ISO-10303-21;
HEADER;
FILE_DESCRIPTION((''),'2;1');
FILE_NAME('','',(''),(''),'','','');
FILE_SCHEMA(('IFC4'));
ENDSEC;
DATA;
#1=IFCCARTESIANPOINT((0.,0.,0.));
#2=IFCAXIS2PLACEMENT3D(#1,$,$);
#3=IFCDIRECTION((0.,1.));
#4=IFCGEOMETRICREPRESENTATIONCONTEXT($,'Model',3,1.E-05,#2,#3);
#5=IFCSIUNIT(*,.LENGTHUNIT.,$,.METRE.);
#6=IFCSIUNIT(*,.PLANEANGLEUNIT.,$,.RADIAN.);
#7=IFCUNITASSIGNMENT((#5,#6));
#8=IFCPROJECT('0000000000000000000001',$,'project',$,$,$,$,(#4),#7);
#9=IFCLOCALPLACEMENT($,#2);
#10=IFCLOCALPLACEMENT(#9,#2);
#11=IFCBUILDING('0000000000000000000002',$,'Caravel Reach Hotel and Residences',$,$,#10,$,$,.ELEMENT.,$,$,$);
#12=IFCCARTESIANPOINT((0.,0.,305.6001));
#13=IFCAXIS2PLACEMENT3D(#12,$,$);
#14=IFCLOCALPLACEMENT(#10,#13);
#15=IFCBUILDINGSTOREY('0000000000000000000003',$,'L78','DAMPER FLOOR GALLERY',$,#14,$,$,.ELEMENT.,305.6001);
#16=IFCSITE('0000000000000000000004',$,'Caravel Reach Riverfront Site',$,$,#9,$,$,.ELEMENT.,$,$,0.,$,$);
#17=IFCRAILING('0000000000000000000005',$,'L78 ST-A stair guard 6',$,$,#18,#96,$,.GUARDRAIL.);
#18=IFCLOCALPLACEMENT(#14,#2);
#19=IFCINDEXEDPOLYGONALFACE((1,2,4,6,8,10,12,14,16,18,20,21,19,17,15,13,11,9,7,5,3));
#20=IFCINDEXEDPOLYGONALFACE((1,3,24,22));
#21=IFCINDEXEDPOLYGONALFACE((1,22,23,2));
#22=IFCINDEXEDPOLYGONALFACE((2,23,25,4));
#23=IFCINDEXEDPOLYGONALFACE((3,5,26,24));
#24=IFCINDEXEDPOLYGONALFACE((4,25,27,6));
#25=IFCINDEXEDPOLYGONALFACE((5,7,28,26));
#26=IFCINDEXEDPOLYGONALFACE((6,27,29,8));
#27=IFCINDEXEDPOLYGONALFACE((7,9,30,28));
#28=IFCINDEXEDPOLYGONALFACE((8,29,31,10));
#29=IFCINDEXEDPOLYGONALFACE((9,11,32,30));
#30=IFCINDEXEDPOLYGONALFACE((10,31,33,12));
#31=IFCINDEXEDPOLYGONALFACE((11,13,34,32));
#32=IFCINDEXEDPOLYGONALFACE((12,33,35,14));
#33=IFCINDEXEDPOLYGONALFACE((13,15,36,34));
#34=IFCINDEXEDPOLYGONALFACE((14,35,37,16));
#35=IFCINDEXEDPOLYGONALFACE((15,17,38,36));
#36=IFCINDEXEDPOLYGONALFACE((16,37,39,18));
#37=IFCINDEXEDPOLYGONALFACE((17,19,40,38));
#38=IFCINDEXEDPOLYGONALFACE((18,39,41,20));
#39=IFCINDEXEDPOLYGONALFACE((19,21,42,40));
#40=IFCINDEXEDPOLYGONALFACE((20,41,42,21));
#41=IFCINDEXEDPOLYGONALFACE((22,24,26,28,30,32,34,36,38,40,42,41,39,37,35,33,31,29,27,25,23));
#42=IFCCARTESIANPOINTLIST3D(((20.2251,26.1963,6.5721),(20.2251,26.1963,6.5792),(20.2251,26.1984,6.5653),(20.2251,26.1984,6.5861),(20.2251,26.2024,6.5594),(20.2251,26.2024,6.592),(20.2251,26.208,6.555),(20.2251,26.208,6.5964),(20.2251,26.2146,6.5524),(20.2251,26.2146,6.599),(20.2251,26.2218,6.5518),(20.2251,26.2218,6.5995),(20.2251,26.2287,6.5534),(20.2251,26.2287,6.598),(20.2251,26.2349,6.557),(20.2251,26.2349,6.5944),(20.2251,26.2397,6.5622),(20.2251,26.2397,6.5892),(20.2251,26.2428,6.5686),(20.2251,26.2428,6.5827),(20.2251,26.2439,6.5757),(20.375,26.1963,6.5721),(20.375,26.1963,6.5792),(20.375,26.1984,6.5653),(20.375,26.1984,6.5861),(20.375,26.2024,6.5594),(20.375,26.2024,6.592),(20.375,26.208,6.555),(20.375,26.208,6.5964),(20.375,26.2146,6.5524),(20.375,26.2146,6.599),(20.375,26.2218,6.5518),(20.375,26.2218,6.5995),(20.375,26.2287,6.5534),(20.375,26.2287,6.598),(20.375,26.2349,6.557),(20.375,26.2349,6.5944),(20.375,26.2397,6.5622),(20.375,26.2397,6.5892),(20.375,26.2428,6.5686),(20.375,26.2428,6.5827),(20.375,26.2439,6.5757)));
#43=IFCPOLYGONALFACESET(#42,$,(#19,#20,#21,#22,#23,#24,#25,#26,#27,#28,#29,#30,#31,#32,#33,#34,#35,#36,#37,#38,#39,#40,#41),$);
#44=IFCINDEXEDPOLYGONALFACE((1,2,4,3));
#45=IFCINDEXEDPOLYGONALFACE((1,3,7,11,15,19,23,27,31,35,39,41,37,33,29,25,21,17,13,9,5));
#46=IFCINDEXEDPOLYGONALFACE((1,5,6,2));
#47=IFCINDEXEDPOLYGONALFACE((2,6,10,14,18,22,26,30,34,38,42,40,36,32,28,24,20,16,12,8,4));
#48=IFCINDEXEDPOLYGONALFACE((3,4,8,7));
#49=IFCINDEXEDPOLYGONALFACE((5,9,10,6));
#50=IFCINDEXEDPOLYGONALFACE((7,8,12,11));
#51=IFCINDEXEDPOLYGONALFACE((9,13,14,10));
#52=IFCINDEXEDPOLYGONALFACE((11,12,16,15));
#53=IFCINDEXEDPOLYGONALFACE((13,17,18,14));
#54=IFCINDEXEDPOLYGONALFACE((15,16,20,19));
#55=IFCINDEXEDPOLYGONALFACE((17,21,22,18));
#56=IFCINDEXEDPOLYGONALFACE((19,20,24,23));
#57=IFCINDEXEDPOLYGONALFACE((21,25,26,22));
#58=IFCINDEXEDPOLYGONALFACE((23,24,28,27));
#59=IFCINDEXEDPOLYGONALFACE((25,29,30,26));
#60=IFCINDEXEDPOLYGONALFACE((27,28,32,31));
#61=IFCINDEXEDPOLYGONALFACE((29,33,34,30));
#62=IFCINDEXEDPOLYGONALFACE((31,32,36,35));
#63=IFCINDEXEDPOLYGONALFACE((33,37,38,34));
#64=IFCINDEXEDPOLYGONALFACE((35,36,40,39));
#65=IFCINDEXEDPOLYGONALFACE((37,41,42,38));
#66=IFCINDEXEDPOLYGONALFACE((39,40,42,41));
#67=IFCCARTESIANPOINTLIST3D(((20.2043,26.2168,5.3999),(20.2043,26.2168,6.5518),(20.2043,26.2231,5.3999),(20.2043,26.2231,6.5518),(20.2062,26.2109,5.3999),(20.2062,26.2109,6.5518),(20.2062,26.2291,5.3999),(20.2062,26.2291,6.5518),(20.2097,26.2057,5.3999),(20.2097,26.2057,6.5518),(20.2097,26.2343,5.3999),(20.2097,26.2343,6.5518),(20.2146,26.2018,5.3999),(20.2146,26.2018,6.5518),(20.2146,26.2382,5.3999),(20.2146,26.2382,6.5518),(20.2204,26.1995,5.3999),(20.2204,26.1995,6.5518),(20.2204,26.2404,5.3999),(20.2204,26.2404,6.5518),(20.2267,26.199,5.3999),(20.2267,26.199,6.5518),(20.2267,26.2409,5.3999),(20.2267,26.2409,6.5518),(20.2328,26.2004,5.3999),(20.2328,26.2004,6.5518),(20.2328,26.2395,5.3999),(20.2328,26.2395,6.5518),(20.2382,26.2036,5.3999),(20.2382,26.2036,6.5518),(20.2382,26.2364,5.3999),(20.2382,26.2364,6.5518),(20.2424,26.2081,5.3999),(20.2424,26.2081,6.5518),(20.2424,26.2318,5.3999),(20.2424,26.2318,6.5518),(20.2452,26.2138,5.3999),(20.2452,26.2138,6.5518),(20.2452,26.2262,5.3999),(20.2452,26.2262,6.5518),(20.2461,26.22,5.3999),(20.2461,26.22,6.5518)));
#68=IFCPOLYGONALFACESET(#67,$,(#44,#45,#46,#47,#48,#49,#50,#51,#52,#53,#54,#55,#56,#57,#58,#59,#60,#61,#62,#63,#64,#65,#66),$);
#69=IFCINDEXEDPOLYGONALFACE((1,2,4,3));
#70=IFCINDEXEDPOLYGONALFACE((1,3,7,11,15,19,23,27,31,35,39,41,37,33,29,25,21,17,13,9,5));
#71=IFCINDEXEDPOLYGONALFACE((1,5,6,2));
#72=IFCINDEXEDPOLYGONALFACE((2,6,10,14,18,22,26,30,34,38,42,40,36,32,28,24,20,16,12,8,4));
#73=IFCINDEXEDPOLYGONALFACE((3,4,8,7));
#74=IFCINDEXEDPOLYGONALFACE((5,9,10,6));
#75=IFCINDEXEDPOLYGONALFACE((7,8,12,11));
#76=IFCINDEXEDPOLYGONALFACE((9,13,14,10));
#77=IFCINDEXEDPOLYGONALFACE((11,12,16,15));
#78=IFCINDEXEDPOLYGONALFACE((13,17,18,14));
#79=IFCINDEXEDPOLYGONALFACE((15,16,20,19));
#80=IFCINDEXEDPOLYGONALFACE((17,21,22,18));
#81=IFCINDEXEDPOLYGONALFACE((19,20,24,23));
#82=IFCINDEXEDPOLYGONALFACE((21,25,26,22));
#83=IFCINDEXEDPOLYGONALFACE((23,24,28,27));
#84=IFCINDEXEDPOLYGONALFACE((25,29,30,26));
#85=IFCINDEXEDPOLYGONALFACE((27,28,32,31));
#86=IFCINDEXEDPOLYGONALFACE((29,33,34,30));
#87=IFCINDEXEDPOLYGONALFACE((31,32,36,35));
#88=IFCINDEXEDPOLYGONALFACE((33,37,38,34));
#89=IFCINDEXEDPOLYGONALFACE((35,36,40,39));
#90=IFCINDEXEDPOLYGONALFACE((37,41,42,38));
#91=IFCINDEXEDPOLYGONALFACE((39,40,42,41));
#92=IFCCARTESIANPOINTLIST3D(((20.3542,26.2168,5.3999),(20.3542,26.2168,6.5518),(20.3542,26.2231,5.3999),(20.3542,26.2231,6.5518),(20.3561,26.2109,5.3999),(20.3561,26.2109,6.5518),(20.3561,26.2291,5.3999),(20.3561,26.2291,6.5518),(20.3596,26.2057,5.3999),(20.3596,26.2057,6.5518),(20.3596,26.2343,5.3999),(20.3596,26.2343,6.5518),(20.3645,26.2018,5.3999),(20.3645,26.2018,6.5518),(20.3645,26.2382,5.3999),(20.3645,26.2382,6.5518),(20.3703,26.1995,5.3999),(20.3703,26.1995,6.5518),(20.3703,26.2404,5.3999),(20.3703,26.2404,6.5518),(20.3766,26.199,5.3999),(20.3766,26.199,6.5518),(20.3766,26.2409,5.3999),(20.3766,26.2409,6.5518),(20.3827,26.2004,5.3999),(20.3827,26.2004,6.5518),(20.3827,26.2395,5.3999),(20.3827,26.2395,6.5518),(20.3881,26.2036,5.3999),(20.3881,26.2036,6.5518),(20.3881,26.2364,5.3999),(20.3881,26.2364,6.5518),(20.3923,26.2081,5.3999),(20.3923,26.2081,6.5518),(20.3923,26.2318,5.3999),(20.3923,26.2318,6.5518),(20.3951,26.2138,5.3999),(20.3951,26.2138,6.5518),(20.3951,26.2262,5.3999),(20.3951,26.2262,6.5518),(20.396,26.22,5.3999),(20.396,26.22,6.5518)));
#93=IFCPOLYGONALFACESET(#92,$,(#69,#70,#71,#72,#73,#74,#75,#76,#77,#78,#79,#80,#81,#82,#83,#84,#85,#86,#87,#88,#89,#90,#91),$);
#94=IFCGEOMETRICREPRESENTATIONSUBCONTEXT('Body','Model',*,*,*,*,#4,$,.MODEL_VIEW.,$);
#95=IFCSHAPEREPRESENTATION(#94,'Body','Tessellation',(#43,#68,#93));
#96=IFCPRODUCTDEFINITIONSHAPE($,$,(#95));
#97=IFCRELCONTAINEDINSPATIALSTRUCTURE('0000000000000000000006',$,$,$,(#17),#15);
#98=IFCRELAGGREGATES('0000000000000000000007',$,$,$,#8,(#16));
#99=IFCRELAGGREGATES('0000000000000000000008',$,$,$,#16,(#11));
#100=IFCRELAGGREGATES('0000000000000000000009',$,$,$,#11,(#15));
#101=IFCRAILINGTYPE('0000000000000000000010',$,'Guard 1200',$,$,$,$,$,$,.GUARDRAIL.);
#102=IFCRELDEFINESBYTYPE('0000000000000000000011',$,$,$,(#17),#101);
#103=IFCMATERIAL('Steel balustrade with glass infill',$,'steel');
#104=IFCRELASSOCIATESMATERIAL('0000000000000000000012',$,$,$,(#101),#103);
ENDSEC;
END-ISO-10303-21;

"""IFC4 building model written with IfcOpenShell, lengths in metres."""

from ifc_helpers import new_model, si_unit, direction, frame, origin, origin_2d, place, context, subcontext, project, spatial, circle, extrude, material, type_object, element, save


model = new_model("IFC4")

# Units and contexts
model_context = context("Model", 3, precision=1e-05, world=origin(), true_north=direction((0.0, 1.0)))
body_context = subcontext(model_context, "Body", "Model", "MODEL_VIEW")
ifc_project = project(units=[si_unit("LENGTHUNIT", "METRE"), si_unit("PLANEANGLEUNIT", "RADIAN")], contexts=[model_context])

# Site, building, storey
site_placement = place(None, origin())
site = spatial("IfcSite", under=ifc_project, at=site_placement, Name="Caravel Reach Riverfront Site", CompositionType="ELEMENT", RefElevation=0.0)
building_placement = place(site_placement, origin())
building = spatial("IfcBuilding", under=site, at=building_placement, Name="Caravel Reach Hotel and Residences", CompositionType="ELEMENT")
storey_placement = place(building_placement, frame((0.0, 0.0, 305.6001)))
storey = spatial("IfcBuildingStorey", under=building, at=storey_placement, Name="L78", Description="DAMPER FLOOR GALLERY", CompositionType="ELEMENT", Elevation=305.6001)

# Railing
ifc_material_1 = material(Name="Steel balustrade with glass infill", Category="steel")
railing_type_1 = type_object("IfcRailingType", Name="Guard 1200", PredefinedType="GUARDRAIL", material=ifc_material_1)
railing_1_placement = place(storey_placement, frame((20.2251, 26.22, 5.3999)))
element("IfcRailing", 1, at=railing_1_placement, inside=storey, type_object=railing_type_1, Name="L78 ST-A stair guard 6", PredefinedType="GUARDRAIL", context=body_context, shape_type="SweptSolid", body=[
    extrude(circle(Radius=0.0239, at=origin_2d()), frame((0.0, 0.0, 1.1758), z_axis=(1.0, 0.0, 0.0), x_axis=(0.0, 1.0, 0.0)), (0.0, 0.0, 1.0), 0.1499),
    extrude(circle(Radius=0.021, at=origin_2d()), origin(), (0.0, 0.0, 1.0), 1.1519),
    extrude(circle(Radius=0.021, at=origin_2d()), frame((0.1499, 0.0, 0.0)), (0.0, 0.0, 1.0), 1.1519),
])

save(model, "model.ifc")
